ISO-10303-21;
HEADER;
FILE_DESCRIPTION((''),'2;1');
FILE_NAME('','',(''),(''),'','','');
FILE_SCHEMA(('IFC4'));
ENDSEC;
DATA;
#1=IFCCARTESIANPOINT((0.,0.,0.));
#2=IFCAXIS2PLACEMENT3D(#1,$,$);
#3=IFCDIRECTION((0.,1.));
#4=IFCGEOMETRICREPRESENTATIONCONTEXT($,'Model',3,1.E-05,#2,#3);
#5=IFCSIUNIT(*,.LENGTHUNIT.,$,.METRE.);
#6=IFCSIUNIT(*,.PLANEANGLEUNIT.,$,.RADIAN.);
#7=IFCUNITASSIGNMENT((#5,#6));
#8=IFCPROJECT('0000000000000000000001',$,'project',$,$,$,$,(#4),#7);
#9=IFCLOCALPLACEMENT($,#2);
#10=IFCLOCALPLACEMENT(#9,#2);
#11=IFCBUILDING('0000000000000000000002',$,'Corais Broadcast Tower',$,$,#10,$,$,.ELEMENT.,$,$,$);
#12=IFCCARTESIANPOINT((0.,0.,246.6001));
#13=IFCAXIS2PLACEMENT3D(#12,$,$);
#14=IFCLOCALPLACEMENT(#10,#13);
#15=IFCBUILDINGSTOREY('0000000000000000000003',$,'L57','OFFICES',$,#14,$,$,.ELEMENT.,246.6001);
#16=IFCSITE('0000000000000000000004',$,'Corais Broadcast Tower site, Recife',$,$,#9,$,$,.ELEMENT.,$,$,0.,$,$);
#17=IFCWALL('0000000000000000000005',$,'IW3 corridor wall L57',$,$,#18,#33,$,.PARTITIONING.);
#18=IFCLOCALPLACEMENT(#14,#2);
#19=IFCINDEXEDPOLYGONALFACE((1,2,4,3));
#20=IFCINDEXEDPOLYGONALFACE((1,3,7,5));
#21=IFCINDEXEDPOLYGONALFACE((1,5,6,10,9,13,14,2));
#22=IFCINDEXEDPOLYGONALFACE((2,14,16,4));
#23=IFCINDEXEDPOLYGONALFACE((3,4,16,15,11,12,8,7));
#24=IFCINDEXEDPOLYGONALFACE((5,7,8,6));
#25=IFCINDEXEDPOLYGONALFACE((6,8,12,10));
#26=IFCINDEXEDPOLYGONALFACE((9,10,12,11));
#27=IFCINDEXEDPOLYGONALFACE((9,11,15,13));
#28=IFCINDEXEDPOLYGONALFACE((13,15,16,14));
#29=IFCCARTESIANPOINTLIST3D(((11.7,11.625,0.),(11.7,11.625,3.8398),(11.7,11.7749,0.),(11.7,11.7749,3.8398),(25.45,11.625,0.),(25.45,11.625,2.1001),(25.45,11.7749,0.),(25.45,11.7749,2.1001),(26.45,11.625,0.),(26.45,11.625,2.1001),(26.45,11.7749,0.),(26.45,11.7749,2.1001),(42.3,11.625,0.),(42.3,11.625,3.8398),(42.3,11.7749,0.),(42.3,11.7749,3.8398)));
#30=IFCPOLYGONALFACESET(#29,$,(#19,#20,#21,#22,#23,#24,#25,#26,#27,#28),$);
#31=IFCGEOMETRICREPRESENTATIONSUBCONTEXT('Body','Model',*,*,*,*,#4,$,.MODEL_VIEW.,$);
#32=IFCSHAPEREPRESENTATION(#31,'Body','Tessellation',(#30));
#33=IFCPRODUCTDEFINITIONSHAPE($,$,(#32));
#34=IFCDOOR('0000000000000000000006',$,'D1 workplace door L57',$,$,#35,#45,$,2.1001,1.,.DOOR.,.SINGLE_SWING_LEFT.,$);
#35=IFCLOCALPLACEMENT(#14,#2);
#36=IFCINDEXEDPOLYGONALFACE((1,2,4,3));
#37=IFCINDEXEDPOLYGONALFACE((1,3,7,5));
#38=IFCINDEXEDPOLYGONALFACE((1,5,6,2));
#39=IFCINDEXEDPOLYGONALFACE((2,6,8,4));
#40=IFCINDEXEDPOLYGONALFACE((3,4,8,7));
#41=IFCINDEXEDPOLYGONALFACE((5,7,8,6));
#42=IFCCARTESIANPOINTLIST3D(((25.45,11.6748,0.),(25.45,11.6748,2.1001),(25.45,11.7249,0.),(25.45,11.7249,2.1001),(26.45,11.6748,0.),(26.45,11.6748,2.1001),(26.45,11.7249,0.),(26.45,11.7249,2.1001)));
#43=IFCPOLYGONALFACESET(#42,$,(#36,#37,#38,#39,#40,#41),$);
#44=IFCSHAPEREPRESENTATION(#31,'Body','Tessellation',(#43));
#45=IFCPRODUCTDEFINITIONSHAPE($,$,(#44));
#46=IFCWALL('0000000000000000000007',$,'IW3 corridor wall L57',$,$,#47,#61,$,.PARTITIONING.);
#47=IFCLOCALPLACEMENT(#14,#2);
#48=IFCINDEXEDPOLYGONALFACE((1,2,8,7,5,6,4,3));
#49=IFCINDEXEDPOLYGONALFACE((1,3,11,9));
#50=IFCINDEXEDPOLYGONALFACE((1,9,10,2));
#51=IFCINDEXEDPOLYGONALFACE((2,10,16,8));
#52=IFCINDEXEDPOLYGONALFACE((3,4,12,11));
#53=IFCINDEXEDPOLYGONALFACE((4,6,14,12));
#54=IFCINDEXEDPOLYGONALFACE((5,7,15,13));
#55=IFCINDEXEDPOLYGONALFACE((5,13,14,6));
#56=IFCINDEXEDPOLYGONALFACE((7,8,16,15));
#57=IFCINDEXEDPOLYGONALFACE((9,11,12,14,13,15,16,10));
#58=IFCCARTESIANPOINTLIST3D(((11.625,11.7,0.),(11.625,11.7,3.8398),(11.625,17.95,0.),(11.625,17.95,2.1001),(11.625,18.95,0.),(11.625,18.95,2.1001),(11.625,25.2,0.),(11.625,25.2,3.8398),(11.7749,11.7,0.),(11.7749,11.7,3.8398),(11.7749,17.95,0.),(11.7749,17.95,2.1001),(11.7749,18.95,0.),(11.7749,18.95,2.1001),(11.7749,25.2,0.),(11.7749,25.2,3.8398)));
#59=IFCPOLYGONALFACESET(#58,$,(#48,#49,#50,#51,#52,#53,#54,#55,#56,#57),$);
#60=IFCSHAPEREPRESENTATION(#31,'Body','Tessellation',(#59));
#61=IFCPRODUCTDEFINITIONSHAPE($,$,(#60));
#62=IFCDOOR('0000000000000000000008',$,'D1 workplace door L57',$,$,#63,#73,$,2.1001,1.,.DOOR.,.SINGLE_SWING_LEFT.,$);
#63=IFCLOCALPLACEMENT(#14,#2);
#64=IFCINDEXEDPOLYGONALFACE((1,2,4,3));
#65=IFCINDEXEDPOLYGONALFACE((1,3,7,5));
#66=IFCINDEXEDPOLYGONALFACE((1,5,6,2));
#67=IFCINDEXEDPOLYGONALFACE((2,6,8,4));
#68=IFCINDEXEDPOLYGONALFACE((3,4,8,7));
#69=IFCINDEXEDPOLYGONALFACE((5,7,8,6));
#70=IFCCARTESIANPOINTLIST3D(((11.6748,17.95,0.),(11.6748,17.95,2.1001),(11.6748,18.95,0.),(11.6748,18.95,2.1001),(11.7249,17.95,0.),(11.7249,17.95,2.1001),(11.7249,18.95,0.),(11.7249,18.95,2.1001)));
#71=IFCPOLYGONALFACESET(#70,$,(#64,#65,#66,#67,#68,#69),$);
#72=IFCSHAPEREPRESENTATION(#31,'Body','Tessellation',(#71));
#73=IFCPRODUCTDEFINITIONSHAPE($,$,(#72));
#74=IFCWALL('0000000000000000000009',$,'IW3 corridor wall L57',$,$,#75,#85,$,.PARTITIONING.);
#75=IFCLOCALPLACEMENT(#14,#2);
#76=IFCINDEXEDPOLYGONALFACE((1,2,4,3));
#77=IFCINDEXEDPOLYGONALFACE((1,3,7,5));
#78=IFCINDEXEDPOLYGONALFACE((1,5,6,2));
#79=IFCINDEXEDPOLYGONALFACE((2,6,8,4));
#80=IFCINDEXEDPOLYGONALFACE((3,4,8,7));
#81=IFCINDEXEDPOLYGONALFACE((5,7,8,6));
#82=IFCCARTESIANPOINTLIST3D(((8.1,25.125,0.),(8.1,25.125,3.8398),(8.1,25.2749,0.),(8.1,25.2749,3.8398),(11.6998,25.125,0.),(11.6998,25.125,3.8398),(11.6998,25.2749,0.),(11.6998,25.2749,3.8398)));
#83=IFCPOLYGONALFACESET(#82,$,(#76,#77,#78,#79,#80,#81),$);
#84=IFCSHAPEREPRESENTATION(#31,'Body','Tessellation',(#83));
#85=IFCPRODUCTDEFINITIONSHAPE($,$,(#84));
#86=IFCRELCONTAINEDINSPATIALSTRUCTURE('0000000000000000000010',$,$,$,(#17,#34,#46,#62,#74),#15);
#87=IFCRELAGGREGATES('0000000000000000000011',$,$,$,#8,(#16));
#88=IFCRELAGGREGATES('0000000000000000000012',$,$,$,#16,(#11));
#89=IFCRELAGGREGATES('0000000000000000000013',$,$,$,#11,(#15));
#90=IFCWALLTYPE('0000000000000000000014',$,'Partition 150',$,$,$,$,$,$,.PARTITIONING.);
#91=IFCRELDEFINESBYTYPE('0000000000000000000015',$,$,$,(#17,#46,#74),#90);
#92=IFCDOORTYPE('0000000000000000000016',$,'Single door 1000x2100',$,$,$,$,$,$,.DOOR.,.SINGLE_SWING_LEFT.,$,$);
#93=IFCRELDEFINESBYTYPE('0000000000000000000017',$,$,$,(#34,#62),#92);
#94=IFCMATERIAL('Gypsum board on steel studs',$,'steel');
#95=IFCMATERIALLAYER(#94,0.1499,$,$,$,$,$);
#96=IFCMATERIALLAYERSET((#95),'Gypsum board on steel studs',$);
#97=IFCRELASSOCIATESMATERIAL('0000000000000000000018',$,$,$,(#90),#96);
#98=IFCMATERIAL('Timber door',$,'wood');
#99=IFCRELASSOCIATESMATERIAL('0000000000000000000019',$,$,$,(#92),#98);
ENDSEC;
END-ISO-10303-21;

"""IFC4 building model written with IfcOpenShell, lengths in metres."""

from ifc_helpers import new_model, si_unit, direction, frame, frame_2d, origin, place, context, subcontext, project, spatial, rectangle, extrude, material, layer, layer_set, type_object, element, fill, save


model = new_model("IFC4")

# Units and contexts
model_context = context("Model", 3, precision=1e-05, world=origin(), true_north=direction((0.0, 1.0)))
body_context = subcontext(model_context, "Body", "Model", "MODEL_VIEW")
ifc_project = project(units=[si_unit("LENGTHUNIT", "METRE"), si_unit("PLANEANGLEUNIT", "RADIAN")], contexts=[model_context])

# Site, building, storey
site_placement = place(None, origin())
site = spatial("IfcSite", under=ifc_project, at=site_placement, Name="Corais Broadcast Tower site, Recife", CompositionType="ELEMENT", RefElevation=0.0)
building_placement = place(site_placement, origin())
building = spatial("IfcBuilding", under=site, at=building_placement, Name="Corais Broadcast Tower", CompositionType="ELEMENT")
storey_placement = place(building_placement, frame((0.0, 0.0, 246.6001)))
storey = spatial("IfcBuildingStorey", under=building, at=storey_placement, Name="L57", Description="OFFICES", CompositionType="ELEMENT", Elevation=246.6001)

# Walls, openings, doors
ifc_material_1 = material(Name="Gypsum board on steel studs", Category="steel")
ifc_layer_1 = layer(ifc_material_1, 0.1499)
ifc_layer_set_1 = layer_set([ifc_layer_1], Name="Gypsum board on steel studs")
wall_type = type_object("IfcWallType", Name="Partition 150", PredefinedType="PARTITIONING", material=ifc_layer_set_1)
wall_1_placement = place(storey_placement, frame((11.7, 11.7, 0.0), z_axis=(0.0, 0.0, 1.0), x_axis=(1.0, 0.0, 0.0)))
wall_1 = element("IfcWall", 1, at=wall_1_placement, inside=storey, type_object=wall_type, Name="IW3 corridor wall L57", PredefinedType="PARTITIONING", context=body_context, shape_type="SweptSolid", body=[
    extrude(rectangle(XDim=30.6001, YDim=0.1499, at=frame_2d((15.3, 0.0))), origin(), (0.0, 0.0, 1.0), 3.8398),
])
opening_1_placement = place(wall_1_placement, frame((13.75, 0.0, 0.0)))
opening_1 = element("IfcOpeningElement", 2, at=opening_1_placement, cuts=wall_1, PredefinedType="OPENING", context=body_context, shape_type="SweptSolid", body=[
    extrude(rectangle(XDim=1.0, YDim=2.1001, at=frame_2d((0.5, 1.05))), frame((0.0, 0.085, 0.0), z_axis=(0.0, -1.0, 0.0), x_axis=(1.0, 0.0, 0.0)), (0.0, 0.0, 1.0), 0.1699),
])
ifc_material_2 = material(Name="Timber door", Category="wood")
door_type = type_object("IfcDoorType", Name="Single door 1000x2100", OperationType="SINGLE_SWING_LEFT", PredefinedType="DOOR", material=ifc_material_2)
door_1_placement = place(opening_1_placement, origin())
door_1 = element("IfcDoor", 3, at=door_1_placement, inside=storey, type_object=door_type, Name="D1 workplace door L57", OperationType="SINGLE_SWING_LEFT", OverallHeight=2.1001, OverallWidth=1.0, PredefinedType="DOOR", context=body_context, shape_type="SweptSolid", body=[
    extrude(rectangle(XDim=1.0, YDim=2.1001, at=frame_2d((0.5, 1.05))), frame((0.0, 0.0249, 0.0), z_axis=(0.0, -1.0, 0.0), x_axis=(1.0, 0.0, 0.0)), (0.0, 0.0, 1.0), 0.05),
])
fill(opening_1, door_1)
wall_2_placement = place(storey_placement, frame((11.7, 25.2, 0.0), z_axis=(0.0, 0.0, 1.0), x_axis=(0.0, -1.0, 0.0)))
wall_2 = element("IfcWall", 4, at=wall_2_placement, inside=storey, type_object=wall_type, Name="IW3 corridor wall L57", PredefinedType="PARTITIONING", context=body_context, shape_type="SweptSolid", body=[
    extrude(rectangle(XDim=13.5, YDim=0.1499, at=frame_2d((6.75, 0.0))), origin(), (0.0, 0.0, 1.0), 3.8398),
])
opening_2_placement = place(wall_2_placement, frame((6.25, 0.0, 0.0)))
opening_2 = element("IfcOpeningElement", 5, at=opening_2_placement, cuts=wall_2, PredefinedType="OPENING", context=body_context, shape_type="SweptSolid", body=[
    extrude(rectangle(XDim=1.0, YDim=2.1001, at=frame_2d((0.5, 1.05))), frame((0.0, 0.085, 0.0), z_axis=(0.0, -1.0, 0.0), x_axis=(1.0, 0.0, 0.0)), (0.0, 0.0, 1.0), 0.1699),
])
door_2_placement = place(opening_2_placement, origin())
door_2 = element("IfcDoor", 6, at=door_2_placement, inside=storey, type_object=door_type, Name="D1 workplace door L57", OperationType="SINGLE_SWING_LEFT", OverallHeight=2.1001, OverallWidth=1.0, PredefinedType="DOOR", context=body_context, shape_type="SweptSolid", body=[
    extrude(rectangle(XDim=1.0, YDim=2.1001, at=frame_2d((0.5, 1.05))), frame((0.0, 0.0249, 0.0), z_axis=(0.0, -1.0, 0.0), x_axis=(1.0, 0.0, 0.0)), (0.0, 0.0, 1.0), 0.05),
])
fill(opening_2, door_2)

# Wall
wall_3_placement = place(storey_placement, frame((8.1001, 25.2, 0.0), z_axis=(0.0, 0.0, 1.0), x_axis=(1.0, 0.0, 0.0)))
element("IfcWall", 7, at=wall_3_placement, inside=storey, type_object=wall_type, Name="IW3 corridor wall L57", PredefinedType="PARTITIONING", context=body_context, shape_type="SweptSolid", body=[
    extrude(rectangle(XDim=3.5999, YDim=0.1499, at=frame_2d((1.7998, 0.0))), origin(), (0.0, 0.0, 1.0), 3.8398),
])

save(model, "model.ifc")
